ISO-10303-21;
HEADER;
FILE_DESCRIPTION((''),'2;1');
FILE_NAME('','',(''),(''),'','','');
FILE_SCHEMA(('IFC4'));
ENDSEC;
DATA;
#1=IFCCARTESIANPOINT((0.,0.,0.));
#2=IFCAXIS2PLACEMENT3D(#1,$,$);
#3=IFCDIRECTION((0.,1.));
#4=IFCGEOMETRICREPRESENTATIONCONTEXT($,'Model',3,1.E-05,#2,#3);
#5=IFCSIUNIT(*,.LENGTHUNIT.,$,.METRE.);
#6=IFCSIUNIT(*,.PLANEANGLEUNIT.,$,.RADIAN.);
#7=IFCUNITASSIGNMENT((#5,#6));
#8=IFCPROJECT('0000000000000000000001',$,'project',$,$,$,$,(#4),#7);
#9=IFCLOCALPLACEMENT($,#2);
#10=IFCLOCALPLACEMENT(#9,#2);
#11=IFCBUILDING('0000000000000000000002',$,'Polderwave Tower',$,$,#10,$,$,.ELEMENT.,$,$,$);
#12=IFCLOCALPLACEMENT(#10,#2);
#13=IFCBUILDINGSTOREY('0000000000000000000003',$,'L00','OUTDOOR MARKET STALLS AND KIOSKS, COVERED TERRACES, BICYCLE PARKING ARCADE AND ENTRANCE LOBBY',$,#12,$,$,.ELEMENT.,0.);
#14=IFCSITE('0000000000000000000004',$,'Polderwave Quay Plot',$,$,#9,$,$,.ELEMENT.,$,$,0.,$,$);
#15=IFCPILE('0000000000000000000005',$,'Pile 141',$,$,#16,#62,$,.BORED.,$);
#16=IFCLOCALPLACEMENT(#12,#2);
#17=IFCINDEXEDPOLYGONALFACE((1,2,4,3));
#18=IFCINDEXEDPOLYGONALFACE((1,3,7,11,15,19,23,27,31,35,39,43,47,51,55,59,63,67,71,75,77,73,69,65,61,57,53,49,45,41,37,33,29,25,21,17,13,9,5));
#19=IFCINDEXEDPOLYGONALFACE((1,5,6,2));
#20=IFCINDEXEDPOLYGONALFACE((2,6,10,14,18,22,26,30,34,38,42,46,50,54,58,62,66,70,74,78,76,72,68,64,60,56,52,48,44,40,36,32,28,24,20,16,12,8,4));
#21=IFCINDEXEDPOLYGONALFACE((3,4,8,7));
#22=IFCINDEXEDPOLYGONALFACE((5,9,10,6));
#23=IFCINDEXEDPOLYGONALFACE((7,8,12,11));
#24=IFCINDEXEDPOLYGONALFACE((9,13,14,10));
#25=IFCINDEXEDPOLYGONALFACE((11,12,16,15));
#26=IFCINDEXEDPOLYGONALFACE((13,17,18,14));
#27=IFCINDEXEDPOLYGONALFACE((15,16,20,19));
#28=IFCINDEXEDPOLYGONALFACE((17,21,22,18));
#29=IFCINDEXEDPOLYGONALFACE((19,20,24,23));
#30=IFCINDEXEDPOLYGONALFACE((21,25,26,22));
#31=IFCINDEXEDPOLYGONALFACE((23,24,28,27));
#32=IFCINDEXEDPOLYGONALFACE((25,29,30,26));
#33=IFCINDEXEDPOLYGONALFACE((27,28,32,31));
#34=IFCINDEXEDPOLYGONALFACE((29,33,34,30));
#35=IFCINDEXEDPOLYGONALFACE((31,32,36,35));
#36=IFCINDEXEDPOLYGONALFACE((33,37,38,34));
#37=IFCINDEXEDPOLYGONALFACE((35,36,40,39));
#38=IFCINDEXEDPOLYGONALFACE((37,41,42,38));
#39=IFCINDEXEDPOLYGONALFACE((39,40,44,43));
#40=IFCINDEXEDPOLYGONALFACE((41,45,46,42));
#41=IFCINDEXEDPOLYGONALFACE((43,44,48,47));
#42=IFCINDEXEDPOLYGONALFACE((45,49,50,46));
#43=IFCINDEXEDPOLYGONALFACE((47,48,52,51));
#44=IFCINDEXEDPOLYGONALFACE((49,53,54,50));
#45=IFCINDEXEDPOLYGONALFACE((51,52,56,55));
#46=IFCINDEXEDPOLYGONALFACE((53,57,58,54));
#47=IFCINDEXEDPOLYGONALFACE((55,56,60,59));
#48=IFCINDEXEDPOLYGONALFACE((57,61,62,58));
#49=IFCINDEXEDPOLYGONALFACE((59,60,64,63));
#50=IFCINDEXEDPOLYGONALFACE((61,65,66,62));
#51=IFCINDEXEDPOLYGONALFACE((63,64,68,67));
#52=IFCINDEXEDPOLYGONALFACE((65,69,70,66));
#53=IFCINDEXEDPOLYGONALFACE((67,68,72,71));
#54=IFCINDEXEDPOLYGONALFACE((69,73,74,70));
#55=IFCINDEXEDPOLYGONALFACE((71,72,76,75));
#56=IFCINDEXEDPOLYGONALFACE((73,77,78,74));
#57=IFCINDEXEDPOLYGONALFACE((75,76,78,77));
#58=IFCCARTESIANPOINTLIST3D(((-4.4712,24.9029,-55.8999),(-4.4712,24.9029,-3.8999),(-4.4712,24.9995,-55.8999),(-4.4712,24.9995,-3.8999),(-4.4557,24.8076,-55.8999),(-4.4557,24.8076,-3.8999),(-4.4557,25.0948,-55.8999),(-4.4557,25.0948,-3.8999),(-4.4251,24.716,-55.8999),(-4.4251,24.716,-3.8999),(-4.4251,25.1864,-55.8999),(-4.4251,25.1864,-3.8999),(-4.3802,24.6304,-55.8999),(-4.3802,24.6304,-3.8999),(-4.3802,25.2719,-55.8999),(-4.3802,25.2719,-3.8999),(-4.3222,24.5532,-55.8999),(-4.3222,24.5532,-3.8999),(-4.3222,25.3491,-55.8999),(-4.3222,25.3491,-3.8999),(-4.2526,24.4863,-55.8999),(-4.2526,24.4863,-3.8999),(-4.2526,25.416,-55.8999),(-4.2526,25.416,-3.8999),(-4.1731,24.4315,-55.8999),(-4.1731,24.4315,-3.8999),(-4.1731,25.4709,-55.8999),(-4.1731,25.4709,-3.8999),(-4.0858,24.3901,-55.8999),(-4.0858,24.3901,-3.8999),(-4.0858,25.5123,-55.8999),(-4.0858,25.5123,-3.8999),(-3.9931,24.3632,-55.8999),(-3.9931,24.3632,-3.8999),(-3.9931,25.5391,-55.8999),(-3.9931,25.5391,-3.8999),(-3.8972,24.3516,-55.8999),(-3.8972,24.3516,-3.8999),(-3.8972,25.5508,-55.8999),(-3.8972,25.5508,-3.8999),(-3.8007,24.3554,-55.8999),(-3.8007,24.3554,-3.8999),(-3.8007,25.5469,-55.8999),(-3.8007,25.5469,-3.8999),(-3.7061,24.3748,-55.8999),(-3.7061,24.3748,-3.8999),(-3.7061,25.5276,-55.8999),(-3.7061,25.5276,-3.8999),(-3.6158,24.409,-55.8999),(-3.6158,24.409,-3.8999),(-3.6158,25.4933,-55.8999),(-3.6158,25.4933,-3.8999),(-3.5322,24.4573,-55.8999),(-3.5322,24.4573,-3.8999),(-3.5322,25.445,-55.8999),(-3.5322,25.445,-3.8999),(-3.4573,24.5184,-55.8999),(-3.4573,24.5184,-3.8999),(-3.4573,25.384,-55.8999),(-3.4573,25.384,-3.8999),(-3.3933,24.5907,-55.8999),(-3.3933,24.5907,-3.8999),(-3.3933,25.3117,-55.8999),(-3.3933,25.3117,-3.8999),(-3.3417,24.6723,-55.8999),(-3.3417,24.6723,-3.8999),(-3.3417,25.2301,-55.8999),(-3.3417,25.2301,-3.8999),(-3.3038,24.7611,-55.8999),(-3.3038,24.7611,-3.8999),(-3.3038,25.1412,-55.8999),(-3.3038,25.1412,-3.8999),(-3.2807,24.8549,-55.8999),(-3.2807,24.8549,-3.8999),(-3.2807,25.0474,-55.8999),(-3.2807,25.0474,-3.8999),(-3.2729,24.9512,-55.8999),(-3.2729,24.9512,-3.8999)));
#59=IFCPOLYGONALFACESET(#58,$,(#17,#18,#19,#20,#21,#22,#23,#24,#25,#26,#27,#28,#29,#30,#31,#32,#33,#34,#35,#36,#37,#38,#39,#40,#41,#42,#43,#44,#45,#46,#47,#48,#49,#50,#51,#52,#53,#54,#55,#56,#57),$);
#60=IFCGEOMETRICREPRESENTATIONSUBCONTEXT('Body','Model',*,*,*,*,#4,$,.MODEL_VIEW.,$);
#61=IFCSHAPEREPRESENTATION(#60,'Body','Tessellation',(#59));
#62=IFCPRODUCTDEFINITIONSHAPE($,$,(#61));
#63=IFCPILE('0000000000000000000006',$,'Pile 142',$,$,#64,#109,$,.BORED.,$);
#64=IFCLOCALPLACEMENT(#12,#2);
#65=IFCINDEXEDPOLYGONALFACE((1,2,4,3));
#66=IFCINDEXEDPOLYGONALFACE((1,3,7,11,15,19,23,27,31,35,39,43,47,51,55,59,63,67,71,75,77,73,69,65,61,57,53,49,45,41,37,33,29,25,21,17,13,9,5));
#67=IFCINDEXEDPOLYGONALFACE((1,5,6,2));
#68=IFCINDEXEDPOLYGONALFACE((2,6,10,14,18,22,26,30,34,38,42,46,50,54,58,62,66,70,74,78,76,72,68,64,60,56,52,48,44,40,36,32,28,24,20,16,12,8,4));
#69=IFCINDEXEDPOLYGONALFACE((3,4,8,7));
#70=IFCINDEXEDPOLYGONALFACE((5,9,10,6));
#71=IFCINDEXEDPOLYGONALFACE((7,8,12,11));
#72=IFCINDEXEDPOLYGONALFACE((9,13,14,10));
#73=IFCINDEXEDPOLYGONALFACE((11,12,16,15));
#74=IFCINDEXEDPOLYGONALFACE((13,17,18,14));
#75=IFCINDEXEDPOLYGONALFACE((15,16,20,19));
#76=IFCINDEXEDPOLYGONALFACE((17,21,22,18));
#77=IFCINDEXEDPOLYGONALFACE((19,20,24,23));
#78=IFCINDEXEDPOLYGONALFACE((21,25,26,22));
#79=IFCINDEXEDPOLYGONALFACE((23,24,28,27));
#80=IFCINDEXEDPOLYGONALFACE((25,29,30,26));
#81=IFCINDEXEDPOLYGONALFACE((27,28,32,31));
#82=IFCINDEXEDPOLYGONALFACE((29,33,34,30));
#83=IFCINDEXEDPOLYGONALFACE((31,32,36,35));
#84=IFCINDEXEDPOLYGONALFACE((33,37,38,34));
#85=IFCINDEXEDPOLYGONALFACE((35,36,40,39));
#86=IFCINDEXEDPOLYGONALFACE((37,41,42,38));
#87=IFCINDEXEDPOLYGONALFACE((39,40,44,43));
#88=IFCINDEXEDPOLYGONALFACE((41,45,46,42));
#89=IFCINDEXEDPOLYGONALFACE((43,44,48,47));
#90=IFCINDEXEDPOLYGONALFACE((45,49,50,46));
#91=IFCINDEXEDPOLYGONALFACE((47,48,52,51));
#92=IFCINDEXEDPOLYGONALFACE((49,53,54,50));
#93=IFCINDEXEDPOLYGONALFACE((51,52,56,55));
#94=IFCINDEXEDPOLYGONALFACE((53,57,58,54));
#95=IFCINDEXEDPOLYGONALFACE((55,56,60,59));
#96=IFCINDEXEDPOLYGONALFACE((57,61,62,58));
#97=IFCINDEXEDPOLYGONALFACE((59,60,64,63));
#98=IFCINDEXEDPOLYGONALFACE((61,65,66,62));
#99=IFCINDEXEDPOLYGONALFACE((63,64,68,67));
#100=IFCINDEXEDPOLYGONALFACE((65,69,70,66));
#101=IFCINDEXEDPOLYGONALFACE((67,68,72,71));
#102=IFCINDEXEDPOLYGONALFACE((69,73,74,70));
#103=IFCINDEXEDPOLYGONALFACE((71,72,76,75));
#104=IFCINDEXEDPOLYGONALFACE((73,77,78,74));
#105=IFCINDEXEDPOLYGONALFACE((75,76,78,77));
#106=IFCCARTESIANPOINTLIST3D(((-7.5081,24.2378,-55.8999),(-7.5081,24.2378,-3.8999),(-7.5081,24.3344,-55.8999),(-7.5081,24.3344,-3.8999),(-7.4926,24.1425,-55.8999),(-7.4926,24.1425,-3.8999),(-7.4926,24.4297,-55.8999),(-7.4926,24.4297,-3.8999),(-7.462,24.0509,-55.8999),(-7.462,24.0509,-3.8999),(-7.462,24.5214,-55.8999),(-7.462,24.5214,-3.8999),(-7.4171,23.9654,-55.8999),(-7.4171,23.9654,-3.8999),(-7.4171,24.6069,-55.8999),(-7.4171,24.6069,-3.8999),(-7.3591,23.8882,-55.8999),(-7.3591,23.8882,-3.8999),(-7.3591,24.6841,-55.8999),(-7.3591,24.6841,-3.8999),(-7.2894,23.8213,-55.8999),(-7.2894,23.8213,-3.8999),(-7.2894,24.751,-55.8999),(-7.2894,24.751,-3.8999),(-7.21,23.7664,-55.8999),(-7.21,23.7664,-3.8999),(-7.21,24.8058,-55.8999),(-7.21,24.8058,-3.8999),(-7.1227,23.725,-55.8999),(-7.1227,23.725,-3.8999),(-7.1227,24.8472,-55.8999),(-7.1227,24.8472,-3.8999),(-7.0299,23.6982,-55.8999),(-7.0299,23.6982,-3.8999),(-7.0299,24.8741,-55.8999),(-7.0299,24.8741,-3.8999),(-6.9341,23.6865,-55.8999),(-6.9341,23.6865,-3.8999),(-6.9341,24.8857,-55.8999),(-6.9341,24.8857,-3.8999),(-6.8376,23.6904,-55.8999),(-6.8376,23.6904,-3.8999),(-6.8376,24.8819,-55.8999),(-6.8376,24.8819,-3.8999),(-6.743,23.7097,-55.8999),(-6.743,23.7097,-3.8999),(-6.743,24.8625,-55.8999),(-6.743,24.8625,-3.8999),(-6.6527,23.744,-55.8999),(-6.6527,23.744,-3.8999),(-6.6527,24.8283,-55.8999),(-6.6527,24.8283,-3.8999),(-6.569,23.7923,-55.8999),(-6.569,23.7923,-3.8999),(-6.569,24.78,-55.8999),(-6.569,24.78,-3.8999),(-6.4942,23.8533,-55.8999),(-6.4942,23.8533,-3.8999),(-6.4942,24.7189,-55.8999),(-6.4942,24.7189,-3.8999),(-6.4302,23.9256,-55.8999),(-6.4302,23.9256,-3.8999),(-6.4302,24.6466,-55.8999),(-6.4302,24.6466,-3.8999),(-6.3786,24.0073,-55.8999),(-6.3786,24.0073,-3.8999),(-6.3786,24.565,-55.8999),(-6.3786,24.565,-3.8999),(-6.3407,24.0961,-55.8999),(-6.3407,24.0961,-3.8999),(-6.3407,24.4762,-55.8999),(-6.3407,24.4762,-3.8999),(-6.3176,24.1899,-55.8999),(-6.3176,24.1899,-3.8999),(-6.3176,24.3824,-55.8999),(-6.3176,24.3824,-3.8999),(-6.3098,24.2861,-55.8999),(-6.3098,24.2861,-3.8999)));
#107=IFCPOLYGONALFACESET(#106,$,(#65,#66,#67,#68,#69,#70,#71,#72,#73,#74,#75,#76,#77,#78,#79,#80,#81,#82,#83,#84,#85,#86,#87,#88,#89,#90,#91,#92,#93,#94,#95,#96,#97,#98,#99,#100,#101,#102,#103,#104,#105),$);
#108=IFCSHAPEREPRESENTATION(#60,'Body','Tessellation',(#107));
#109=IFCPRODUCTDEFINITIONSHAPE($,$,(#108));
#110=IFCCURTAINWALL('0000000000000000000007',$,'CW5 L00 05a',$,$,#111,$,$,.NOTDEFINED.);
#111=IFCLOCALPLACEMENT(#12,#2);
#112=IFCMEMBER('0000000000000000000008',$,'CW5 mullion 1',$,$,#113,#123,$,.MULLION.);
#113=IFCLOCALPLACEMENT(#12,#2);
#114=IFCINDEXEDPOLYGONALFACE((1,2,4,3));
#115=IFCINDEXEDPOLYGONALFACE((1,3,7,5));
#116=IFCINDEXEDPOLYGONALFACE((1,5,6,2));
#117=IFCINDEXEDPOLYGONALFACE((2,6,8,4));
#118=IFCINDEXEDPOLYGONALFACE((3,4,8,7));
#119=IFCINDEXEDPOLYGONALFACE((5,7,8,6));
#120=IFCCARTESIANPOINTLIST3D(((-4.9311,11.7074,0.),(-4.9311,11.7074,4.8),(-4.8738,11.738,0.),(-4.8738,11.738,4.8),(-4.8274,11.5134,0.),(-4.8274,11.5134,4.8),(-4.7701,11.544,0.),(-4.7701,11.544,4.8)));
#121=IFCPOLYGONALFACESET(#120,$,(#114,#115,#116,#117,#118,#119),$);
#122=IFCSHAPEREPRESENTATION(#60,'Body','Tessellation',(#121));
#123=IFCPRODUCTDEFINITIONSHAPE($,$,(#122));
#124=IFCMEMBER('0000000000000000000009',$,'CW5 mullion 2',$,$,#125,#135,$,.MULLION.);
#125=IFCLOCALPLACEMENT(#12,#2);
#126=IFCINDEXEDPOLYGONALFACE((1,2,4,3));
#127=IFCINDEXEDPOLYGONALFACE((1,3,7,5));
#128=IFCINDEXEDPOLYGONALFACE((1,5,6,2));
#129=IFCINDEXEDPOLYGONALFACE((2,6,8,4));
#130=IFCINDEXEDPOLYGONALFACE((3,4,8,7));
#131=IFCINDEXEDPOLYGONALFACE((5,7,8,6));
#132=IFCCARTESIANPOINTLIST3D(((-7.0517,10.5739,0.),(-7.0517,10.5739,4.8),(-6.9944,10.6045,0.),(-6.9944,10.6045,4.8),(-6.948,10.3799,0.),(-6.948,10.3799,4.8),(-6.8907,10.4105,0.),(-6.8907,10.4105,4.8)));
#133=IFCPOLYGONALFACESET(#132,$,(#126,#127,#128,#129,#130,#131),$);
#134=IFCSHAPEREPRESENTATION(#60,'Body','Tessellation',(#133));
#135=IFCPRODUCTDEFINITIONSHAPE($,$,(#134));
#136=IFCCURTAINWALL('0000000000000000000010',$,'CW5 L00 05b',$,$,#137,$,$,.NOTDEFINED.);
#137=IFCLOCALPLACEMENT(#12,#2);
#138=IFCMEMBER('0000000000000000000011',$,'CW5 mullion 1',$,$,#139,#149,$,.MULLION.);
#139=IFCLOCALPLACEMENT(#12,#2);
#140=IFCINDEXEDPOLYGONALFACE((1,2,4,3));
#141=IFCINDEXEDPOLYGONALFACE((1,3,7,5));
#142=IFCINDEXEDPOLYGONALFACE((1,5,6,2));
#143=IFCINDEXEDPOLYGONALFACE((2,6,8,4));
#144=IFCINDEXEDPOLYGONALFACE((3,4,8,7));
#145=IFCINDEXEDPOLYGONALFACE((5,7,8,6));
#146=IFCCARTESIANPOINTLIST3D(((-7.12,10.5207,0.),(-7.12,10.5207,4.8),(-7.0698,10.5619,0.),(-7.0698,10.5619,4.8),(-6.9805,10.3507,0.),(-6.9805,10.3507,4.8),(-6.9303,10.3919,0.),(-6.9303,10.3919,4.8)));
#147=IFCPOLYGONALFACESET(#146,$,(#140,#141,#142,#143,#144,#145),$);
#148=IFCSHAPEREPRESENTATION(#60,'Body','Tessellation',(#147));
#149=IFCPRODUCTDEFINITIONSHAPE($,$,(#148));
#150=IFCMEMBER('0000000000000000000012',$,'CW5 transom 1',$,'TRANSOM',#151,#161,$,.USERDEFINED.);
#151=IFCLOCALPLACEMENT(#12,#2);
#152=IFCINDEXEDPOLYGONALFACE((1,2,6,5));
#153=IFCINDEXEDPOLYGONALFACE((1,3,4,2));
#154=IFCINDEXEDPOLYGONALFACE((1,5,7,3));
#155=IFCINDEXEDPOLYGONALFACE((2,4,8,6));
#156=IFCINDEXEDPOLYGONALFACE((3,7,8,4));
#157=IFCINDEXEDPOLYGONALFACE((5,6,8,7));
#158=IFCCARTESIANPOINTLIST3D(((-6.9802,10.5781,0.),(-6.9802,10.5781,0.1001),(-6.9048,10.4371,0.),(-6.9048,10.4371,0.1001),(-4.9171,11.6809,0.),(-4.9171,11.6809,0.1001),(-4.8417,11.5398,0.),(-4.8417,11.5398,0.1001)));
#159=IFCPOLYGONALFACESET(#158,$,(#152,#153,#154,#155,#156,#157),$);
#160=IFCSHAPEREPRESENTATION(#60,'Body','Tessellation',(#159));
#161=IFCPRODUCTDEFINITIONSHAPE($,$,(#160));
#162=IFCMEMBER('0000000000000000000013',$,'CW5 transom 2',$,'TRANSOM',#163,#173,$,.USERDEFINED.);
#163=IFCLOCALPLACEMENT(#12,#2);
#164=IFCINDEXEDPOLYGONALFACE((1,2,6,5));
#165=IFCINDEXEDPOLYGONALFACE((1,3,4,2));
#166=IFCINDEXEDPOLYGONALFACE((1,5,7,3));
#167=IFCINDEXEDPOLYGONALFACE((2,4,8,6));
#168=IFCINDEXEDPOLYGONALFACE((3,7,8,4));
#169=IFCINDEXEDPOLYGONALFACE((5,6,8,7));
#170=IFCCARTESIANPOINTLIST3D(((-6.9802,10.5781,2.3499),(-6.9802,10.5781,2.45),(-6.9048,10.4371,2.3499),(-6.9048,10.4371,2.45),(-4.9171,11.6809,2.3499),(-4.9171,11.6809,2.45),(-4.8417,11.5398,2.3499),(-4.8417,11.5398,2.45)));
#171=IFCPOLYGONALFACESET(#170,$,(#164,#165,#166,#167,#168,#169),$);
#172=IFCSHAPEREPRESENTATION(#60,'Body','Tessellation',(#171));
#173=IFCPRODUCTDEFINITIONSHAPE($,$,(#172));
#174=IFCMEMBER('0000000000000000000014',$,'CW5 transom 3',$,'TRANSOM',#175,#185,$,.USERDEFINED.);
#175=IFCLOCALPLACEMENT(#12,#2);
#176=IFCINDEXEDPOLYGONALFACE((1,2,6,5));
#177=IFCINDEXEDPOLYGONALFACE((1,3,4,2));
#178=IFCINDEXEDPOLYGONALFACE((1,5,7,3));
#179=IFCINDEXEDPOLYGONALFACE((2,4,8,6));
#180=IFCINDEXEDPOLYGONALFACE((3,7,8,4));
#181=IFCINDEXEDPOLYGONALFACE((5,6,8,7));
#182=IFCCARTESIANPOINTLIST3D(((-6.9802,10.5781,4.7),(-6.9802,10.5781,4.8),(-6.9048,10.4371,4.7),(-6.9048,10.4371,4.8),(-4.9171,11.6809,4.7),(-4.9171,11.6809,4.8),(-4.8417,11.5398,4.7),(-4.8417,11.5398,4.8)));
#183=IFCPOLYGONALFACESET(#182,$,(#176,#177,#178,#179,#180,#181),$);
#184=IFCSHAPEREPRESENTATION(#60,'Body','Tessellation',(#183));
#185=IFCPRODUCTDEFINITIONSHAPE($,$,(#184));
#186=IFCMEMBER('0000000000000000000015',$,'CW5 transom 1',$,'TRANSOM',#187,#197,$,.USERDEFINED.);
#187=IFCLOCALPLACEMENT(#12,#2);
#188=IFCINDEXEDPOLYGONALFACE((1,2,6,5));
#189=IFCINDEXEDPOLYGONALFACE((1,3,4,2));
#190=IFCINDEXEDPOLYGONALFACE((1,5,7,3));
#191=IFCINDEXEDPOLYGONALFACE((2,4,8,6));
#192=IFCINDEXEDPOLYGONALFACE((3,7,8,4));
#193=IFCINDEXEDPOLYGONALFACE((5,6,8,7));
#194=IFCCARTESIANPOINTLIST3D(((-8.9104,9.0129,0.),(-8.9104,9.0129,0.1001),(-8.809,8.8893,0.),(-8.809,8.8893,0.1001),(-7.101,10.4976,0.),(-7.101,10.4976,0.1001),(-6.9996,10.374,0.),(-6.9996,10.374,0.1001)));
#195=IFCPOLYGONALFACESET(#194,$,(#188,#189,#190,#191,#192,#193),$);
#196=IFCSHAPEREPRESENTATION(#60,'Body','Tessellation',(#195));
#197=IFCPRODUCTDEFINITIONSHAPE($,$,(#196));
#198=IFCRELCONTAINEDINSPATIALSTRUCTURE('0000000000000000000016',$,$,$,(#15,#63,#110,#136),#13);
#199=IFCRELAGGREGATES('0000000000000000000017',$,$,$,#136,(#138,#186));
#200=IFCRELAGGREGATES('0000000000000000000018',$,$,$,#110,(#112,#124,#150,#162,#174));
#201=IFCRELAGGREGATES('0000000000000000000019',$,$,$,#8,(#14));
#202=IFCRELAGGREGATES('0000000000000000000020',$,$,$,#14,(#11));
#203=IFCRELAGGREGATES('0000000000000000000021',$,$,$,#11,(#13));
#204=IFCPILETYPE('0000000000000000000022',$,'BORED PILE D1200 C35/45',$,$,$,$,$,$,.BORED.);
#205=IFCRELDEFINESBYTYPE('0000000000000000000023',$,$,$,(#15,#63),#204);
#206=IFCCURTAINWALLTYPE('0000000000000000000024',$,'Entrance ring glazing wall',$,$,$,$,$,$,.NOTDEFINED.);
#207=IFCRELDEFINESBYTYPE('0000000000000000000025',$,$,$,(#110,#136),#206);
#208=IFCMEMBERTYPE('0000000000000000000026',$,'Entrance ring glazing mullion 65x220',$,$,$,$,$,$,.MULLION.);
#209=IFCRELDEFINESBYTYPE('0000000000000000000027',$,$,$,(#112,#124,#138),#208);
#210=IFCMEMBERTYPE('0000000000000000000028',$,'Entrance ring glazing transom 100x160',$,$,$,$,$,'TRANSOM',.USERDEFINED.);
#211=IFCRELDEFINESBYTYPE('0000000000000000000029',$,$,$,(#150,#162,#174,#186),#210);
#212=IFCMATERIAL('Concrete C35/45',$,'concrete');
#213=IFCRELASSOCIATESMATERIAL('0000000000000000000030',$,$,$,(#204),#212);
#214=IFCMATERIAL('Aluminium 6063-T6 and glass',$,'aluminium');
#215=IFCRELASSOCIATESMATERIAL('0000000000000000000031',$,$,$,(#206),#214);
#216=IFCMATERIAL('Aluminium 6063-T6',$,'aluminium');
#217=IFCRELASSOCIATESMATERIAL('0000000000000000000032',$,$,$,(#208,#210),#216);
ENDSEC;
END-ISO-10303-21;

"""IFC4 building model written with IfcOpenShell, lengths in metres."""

from ifc_helpers import new_model, si_unit, direction, frame, origin, origin_2d, place, context, subcontext, project, spatial, rectangle, circle, extrude, material, material_profile, profile_set, type_object, element, aggregate, save


model = new_model("IFC4")

# Units and contexts
model_context = context("Model", 3, precision=1e-05, world=origin(), true_north=direction((0.0, 1.0)))
body_context = subcontext(model_context, "Body", "Model", "MODEL_VIEW")
ifc_project = project(units=[si_unit("LENGTHUNIT", "METRE"), si_unit("PLANEANGLEUNIT", "RADIAN")], contexts=[model_context])

# Site, building, storey
site_placement = place(None, origin())
site = spatial("IfcSite", under=ifc_project, at=site_placement, Name="Polderwave Quay Plot", CompositionType="ELEMENT", RefElevation=0.0)
building_placement = place(site_placement, origin())
building = spatial("IfcBuilding", under=site, at=building_placement, Name="Polderwave Tower", CompositionType="ELEMENT")
storey_placement = place(building_placement, origin())
storey = spatial("IfcBuildingStorey", under=building, at=storey_placement, Name="L00", Description="OUTDOOR MARKET STALLS AND KIOSKS, COVERED TERRACES, BICYCLE PARKING ARCADE AND ENTRANCE LOBBY", CompositionType="ELEMENT", Elevation=0.0)

# Piles
ifc_material_1 = material(Name="Concrete C35/45", Category="concrete")
ifc_material_profile_1 = material_profile(ifc_material_1, circle(Radius=0.6001, at=origin_2d()), Name="BORED D1200")
ifc_profile_set_1 = profile_set([ifc_material_profile_1], Name="Concrete C35/45")
pile_type = type_object("IfcPileType", Name="BORED PILE D1200 C35/45", PredefinedType="BORED", material=ifc_profile_set_1)
for number, where, z_axis, x_axis, name in (
    (1, (-3.873, 24.9512, -3.8999), (0.0, 0.0, -1.0), (1.0, 0.0, 0.0), "Pile 141"),
    (2, (-6.9099, 24.2861, -3.8999), (0.0, 0.0, -1.0), (1.0, 0.0, 0.0), "Pile 142"),
):
    element("IfcPile", number, at=place(storey_placement, frame(where, z_axis=z_axis, x_axis=x_axis)), inside=storey, type_object=pile_type, Name=name, PredefinedType="BORED", context=body_context, shape_type="SweptSolid", body=[
        extrude(circle(Radius=0.6001, at=origin_2d()), origin(), (0.0, 0.0, 1.0), 52.0),
    ])

# Curtain wall, members
ifc_material_2 = material(Name="Aluminium 6063-T6 and glass", Category="aluminium")
curtain_wall_type = type_object("IfcCurtainWallType", Name="Entrance ring glazing wall", PredefinedType="NOTDEFINED", material=ifc_material_2)
curtain_wall_1_placement = place(storey_placement, origin())
curtain_wall_1 = element("IfcCurtainWall", 3, at=curtain_wall_1_placement, inside=storey, type_object=curtain_wall_type, Name="CW5 L00 05a", PredefinedType="NOTDEFINED")
ifc_material_3 = material(Name="Aluminium 6063-T6", Category="aluminium")
ifc_material_profile_2 = material_profile(ifc_material_3, rectangle(XDim=0.22, YDim=0.0649, at=origin_2d()), Name="AL 65x220")
ifc_profile_set_2 = profile_set([ifc_material_profile_2], Name="Aluminium 6063-T6")
member_type_1 = type_object("IfcMemberType", Name="Entrance ring glazing mullion 65x220", PredefinedType="MULLION", material=ifc_profile_set_2)
member_1_placement = place(storey_placement, frame((-4.8506, 11.6257, 0.0), z_axis=(0.0, 0.0, 1.0), x_axis=(0.471344, -0.881949, 0.0)))
member_1 = element("IfcMember", 4, at=member_1_placement, type_object=member_type_1, Name="CW5 mullion 1", PredefinedType="MULLION", context=body_context, shape_type="SweptSolid", body=[
    extrude(rectangle(XDim=0.22, YDim=0.0649, at=origin_2d()), origin(), (0.0, 0.0, 1.0), 4.8),
])
member_2_placement = place(storey_placement, frame((-6.9712, 10.4922, 0.0), z_axis=(0.0, 0.0, 1.0), x_axis=(0.471344, -0.881949, 0.0)))
member_2 = element("IfcMember", 5, at=member_2_placement, type_object=member_type_1, Name="CW5 mullion 2", PredefinedType="MULLION", context=body_context, shape_type="SweptSolid", body=[
    extrude(rectangle(XDim=0.22, YDim=0.0649, at=origin_2d()), origin(), (0.0, 0.0, 1.0), 4.8),
])

# Curtain wall, member
curtain_wall_2_placement = place(storey_placement, origin())
curtain_wall_2 = element("IfcCurtainWall", 6, at=curtain_wall_2_placement, inside=storey, type_object=curtain_wall_type, Name="CW5 L00 05b", PredefinedType="NOTDEFINED")
member_3_placement = place(storey_placement, frame((-7.0251, 10.4563, 0.0), z_axis=(0.0, 0.0, 1.0), x_axis=(0.634273, -0.773109, 0.0)))
member_3 = element("IfcMember", 7, at=member_3_placement, type_object=member_type_1, Name="CW5 mullion 1", PredefinedType="MULLION", context=body_context, shape_type="SweptSolid", body=[
    extrude(rectangle(XDim=0.22, YDim=0.0649, at=origin_2d()), origin(), (0.0, 0.0, 1.0), 4.8),
])

# Members
ifc_material_profile_3 = material_profile(ifc_material_3, rectangle(XDim=0.1599, YDim=0.1001, at=origin_2d()), Name="AL 100x160")
ifc_profile_set_3 = profile_set([ifc_material_profile_3], Name="Aluminium 6063-T6")
member_type_2 = type_object("IfcMemberType", Name="Entrance ring glazing transom 100x160", ElementType="TRANSOM", PredefinedType="USERDEFINED", material=ifc_profile_set_3)
member_4_placement = place(storey_placement, frame((-4.8794, 11.6104, 0.05), z_axis=(-0.881928, -0.471384, 0.0), x_axis=(0.471384, -0.881928, 0.0)))
member_4 = element("IfcMember", 8, at=member_4_placement, type_object=member_type_2, Name="CW5 transom 1", ObjectType="TRANSOM", PredefinedType="USERDEFINED", context=body_context, shape_type="SweptSolid", body=[
    extrude(rectangle(XDim=0.1599, YDim=0.1001, at=origin_2d()), origin(), (0.0, 0.0, 1.0), 2.3394),
])
member_5_placement = place(storey_placement, frame((-4.8794, 11.6104, 2.3999), z_axis=(-0.881928, -0.471384, 0.0), x_axis=(0.471384, -0.881928, 0.0)))
member_5 = element("IfcMember", 9, at=member_5_placement, type_object=member_type_2, Name="CW5 transom 2", ObjectType="TRANSOM", PredefinedType="USERDEFINED", context=body_context, shape_type="SweptSolid", body=[
    extrude(rectangle(XDim=0.1599, YDim=0.1001, at=origin_2d()), origin(), (0.0, 0.0, 1.0), 2.3394),
])
member_6_placement = place(storey_placement, frame((-4.8794, 11.6104, 4.75), z_axis=(-0.881928, -0.471384, 0.0), x_axis=(0.471384, -0.881928, 0.0)))
member_6 = element("IfcMember", 10, at=member_6_placement, type_object=member_type_2, Name="CW5 transom 3", ObjectType="TRANSOM", PredefinedType="USERDEFINED", context=body_context, shape_type="SweptSolid", body=[
    extrude(rectangle(XDim=0.1599, YDim=0.1001, at=origin_2d()), origin(), (0.0, 0.0, 1.0), 2.3394),
])
member_7_placement = place(storey_placement, frame((-7.0503, 10.4358, 0.05), z_axis=(-0.773064, -0.634328, 0.0), x_axis=(0.634328, -0.773064, 0.0)))
member_7 = element("IfcMember", 11, at=member_7_placement, type_object=member_type_2, Name="CW5 transom 1", ObjectType="TRANSOM", PredefinedType="USERDEFINED", context=body_context, shape_type="SweptSolid", body=[
    extrude(rectangle(XDim=0.1599, YDim=0.1001, at=origin_2d()), origin(), (0.0, 0.0, 1.0), 2.3406),
])
aggregate(curtain_wall_2, [member_3, member_7])

aggregate(curtain_wall_1, [member_1, member_2, member_4, member_5, member_6])

save(model, "model.ifc")
